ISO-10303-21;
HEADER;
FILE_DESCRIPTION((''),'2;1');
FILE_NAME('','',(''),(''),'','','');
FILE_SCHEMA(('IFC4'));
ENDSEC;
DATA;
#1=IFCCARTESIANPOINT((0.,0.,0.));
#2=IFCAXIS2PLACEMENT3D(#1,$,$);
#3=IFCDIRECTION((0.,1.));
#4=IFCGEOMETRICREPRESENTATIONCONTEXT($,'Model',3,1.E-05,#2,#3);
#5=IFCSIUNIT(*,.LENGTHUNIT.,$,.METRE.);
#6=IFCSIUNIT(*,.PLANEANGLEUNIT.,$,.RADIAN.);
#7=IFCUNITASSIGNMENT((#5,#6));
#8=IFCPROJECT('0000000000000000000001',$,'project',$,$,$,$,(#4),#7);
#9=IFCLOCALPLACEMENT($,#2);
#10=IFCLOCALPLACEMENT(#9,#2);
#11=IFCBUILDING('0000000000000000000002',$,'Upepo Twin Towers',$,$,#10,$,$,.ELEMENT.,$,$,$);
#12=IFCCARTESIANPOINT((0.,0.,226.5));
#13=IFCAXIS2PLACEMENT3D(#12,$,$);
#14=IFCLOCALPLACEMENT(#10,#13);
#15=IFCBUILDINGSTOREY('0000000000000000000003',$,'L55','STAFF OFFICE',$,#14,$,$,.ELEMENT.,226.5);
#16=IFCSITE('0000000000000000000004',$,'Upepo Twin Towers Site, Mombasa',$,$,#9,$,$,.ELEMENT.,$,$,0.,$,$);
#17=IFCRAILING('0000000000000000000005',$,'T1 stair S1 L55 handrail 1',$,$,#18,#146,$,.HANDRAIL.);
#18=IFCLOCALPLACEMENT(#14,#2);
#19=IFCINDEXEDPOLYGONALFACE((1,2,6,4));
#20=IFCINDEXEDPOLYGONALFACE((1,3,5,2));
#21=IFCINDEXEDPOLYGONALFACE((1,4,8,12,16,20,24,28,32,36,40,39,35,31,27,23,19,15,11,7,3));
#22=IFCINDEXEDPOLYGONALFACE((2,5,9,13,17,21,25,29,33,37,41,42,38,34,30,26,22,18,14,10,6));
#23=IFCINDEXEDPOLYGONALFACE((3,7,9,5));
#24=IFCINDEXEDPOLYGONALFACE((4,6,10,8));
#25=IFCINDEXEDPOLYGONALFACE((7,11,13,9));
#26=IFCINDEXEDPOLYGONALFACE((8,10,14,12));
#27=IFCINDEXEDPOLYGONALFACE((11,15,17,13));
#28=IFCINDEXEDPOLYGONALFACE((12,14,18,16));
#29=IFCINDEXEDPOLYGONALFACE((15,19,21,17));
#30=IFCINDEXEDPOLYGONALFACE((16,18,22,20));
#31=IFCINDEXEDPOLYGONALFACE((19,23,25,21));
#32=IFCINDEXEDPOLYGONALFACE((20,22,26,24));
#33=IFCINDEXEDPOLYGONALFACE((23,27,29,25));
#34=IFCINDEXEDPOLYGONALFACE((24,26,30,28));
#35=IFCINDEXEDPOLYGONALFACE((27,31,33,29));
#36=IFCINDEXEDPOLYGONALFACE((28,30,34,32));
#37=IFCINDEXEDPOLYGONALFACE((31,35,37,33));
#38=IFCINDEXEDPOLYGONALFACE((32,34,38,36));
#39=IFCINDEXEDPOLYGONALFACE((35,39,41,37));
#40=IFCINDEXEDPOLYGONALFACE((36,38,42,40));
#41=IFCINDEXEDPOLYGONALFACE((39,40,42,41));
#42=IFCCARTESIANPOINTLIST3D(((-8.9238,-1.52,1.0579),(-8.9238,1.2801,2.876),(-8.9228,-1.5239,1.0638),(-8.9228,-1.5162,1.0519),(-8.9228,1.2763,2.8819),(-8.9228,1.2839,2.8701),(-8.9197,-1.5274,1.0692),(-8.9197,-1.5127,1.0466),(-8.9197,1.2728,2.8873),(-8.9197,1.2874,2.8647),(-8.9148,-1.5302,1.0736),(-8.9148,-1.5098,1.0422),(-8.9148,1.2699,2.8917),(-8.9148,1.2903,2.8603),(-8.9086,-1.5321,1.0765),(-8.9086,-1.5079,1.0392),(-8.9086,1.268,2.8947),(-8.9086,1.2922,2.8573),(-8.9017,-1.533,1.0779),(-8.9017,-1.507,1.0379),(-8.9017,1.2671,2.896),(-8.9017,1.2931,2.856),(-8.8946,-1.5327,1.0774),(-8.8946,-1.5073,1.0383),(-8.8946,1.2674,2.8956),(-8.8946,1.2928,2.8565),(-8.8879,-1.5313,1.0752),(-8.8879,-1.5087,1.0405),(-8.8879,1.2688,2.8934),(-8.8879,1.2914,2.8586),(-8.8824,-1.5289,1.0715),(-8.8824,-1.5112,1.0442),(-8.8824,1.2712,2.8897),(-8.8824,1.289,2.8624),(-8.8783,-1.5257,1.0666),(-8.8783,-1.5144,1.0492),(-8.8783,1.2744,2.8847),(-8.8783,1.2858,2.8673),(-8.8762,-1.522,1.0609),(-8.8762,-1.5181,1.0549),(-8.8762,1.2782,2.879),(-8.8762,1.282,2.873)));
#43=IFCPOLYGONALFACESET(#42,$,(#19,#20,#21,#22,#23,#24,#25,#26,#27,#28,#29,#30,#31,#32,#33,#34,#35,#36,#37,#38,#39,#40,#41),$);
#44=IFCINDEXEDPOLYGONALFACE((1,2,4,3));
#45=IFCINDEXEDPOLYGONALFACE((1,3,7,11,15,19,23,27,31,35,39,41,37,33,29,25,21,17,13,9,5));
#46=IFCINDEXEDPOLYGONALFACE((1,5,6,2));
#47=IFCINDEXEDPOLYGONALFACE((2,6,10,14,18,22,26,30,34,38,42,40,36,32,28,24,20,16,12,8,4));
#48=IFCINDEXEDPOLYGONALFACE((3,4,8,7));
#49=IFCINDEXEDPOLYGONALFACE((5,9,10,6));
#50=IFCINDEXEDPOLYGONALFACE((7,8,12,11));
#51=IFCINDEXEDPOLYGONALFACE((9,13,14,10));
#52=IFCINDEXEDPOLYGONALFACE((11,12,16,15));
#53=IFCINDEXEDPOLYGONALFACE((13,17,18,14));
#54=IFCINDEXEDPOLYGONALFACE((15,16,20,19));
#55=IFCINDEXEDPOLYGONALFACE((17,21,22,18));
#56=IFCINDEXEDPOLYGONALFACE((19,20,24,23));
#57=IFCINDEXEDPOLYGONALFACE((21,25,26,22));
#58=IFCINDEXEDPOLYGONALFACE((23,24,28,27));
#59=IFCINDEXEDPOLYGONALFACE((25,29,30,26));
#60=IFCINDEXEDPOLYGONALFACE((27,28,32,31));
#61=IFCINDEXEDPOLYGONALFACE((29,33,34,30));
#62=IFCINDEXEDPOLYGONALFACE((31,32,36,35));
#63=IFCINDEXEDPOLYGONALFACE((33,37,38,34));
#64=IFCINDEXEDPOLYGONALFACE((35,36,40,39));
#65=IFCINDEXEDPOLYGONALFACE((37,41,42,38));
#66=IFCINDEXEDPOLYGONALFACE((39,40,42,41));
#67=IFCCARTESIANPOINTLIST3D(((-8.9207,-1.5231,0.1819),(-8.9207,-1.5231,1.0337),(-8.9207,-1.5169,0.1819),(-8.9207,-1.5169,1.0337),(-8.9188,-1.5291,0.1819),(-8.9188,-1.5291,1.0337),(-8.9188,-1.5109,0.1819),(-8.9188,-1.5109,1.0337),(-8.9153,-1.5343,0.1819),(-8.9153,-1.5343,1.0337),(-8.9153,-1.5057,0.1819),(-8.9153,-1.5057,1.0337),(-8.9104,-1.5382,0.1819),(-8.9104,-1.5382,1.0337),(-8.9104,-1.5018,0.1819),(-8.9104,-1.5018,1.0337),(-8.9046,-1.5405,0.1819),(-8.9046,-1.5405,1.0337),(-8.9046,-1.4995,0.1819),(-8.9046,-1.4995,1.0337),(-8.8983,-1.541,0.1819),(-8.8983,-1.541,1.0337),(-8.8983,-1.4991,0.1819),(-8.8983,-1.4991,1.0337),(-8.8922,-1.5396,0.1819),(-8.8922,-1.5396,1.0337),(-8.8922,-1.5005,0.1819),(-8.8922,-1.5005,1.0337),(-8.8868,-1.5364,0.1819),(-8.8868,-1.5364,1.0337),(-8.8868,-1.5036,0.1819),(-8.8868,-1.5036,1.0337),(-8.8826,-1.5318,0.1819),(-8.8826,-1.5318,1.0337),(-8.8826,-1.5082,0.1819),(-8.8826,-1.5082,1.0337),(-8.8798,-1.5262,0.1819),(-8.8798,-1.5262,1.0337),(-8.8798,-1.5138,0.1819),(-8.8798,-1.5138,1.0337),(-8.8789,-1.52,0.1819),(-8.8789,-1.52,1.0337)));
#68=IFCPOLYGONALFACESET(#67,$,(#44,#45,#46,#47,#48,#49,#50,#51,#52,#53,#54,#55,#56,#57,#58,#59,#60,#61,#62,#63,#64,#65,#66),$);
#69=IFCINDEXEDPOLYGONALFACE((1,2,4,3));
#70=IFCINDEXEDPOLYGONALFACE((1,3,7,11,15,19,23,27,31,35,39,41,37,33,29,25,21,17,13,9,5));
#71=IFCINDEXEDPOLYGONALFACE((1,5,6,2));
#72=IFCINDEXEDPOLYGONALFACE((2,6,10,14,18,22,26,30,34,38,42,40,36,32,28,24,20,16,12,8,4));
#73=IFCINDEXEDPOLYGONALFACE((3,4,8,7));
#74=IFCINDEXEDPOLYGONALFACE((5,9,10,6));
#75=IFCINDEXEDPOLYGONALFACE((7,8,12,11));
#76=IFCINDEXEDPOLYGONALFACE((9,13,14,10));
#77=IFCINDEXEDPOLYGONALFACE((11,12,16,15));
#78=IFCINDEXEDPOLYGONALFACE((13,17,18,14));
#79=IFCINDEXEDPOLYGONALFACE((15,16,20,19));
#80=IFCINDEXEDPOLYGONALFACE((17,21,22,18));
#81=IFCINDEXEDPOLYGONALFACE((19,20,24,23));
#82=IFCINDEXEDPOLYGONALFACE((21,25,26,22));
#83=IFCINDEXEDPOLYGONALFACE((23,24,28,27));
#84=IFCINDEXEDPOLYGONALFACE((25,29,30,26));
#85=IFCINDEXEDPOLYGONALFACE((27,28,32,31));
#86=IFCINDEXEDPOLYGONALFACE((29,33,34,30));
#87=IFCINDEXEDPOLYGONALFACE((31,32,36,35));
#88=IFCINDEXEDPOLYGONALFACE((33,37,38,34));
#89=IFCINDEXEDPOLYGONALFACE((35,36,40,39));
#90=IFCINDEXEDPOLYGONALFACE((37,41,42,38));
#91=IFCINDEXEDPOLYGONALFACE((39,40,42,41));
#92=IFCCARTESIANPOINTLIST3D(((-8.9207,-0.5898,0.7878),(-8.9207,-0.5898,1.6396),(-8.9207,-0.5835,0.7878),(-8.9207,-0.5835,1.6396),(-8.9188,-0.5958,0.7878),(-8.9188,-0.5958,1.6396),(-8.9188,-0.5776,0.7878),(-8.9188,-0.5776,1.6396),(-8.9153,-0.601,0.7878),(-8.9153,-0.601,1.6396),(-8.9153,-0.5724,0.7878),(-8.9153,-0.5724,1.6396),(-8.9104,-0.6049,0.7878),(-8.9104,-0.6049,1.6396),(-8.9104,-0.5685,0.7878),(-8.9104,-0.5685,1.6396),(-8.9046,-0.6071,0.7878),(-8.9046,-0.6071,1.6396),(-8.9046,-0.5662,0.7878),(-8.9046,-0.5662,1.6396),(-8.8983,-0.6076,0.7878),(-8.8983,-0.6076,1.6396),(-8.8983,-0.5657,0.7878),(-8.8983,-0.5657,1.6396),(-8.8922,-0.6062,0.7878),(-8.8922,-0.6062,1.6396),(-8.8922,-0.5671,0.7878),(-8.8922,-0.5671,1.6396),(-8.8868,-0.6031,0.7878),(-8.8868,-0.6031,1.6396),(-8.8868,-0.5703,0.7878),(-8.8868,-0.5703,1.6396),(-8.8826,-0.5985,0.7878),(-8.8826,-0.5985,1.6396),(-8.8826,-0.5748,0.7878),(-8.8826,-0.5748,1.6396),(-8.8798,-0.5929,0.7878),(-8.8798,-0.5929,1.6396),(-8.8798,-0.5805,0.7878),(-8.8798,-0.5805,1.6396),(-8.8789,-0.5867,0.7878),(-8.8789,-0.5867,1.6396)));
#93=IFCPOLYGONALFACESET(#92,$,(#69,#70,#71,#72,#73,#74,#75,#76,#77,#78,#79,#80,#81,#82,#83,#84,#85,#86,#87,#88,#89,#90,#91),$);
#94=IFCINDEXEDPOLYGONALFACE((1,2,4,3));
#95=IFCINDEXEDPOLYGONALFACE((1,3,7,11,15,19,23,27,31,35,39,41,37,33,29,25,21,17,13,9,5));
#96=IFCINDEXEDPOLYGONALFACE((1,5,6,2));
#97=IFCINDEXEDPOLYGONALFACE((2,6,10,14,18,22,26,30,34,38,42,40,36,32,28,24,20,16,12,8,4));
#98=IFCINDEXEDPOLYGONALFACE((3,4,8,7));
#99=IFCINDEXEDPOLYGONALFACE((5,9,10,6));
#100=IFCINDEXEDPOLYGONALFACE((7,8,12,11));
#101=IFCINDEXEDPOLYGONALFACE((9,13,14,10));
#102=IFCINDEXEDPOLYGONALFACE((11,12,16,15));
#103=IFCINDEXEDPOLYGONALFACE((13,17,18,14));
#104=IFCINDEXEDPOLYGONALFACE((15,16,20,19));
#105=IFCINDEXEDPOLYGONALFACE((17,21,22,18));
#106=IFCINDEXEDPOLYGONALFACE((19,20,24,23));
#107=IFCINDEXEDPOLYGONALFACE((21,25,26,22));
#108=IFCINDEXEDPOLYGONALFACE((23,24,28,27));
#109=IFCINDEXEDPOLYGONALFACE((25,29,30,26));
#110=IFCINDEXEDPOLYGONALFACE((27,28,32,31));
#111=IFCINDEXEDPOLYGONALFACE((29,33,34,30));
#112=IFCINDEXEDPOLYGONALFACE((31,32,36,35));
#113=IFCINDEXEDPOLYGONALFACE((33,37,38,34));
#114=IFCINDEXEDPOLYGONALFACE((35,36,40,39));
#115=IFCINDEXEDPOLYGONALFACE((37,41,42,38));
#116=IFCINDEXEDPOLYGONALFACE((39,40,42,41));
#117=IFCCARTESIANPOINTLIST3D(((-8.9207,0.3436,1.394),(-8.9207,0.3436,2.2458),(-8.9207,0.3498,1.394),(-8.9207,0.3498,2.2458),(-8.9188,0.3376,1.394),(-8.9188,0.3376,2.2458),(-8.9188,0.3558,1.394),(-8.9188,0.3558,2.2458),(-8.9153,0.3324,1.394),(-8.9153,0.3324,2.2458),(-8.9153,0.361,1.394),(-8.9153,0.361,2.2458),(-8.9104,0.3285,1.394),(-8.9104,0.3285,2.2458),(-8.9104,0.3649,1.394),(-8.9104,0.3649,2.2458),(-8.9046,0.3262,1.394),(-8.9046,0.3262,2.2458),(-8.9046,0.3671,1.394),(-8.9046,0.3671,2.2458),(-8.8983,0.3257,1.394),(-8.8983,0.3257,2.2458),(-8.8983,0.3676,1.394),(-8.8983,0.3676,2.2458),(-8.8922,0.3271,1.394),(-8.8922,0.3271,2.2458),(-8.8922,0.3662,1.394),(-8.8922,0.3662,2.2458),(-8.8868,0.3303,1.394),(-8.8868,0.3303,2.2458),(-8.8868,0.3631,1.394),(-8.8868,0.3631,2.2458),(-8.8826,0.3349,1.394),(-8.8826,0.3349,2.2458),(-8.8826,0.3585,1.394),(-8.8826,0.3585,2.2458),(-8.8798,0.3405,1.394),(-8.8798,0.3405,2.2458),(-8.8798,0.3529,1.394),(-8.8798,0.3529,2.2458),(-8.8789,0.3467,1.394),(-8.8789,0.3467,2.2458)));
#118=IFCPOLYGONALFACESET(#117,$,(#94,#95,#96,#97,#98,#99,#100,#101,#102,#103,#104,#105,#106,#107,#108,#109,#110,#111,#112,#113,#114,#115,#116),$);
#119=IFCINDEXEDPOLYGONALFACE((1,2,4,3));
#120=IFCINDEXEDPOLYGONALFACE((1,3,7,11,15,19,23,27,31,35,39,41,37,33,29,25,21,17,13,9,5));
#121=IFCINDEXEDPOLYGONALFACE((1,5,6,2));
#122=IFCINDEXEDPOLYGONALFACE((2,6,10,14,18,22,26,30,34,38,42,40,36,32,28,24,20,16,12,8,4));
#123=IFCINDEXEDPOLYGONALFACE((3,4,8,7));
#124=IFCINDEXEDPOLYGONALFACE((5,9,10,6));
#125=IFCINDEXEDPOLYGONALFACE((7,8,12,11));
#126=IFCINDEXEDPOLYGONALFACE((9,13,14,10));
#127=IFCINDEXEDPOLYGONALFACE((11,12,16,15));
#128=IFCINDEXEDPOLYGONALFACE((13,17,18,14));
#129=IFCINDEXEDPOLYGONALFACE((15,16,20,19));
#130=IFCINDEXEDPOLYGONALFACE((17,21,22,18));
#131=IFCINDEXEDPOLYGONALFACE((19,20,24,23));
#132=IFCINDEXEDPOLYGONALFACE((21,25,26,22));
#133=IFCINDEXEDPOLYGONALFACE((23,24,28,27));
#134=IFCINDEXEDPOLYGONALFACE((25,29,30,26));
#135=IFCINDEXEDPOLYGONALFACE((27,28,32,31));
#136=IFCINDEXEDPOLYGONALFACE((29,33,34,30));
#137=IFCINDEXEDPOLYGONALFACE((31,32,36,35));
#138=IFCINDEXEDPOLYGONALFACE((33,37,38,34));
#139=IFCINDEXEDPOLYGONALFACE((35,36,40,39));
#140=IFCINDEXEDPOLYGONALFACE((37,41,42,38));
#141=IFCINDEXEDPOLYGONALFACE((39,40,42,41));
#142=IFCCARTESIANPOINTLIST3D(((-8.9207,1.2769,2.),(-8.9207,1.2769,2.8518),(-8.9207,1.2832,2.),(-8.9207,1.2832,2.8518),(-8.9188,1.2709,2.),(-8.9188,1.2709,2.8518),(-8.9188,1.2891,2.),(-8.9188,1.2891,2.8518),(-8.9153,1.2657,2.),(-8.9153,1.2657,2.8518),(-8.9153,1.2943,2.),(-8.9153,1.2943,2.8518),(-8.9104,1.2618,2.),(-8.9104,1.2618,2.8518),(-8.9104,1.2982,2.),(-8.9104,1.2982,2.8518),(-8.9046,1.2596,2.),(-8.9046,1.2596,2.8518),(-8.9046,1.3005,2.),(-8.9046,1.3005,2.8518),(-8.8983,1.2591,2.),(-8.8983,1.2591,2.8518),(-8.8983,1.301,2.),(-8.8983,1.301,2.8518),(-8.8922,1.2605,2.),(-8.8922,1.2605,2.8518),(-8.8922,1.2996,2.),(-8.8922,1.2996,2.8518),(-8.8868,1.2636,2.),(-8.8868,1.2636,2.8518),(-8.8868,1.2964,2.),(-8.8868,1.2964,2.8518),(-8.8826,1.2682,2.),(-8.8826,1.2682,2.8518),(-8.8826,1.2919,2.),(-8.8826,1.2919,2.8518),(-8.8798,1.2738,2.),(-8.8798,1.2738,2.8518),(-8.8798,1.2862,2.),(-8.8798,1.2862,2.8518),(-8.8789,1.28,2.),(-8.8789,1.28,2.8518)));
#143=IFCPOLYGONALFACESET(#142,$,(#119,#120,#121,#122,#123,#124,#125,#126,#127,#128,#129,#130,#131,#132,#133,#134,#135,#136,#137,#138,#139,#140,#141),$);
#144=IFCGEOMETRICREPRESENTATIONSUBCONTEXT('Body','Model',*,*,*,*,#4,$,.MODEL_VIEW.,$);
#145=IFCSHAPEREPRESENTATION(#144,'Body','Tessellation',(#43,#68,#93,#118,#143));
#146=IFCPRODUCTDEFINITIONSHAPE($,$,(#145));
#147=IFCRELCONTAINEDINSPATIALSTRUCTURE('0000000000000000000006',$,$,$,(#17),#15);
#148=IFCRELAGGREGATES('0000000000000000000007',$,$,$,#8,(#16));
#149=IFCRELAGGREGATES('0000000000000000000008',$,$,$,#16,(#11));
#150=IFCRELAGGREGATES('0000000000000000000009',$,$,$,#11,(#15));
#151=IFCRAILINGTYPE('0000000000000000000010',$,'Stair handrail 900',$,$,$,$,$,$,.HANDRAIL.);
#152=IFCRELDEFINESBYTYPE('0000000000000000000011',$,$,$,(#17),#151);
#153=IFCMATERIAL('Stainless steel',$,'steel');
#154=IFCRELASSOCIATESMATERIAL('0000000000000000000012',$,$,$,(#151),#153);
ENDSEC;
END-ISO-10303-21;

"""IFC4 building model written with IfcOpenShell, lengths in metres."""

from ifc_helpers import new_model, si_unit, direction, frame, origin, origin_2d, place, context, subcontext, project, spatial, circle, extrude, material, type_object, element, save


model = new_model("IFC4")

# Units and contexts
model_context = context("Model", 3, precision=1e-05, world=origin(), true_north=direction((0.0, 1.0)))
body_context = subcontext(model_context, "Body", "Model", "MODEL_VIEW")
ifc_project = project(units=[si_unit("LENGTHUNIT", "METRE"), si_unit("PLANEANGLEUNIT", "RADIAN")], contexts=[model_context])

# Site, building, storey
site_placement = place(None, origin())
site = spatial("IfcSite", under=ifc_project, at=site_placement, Name="Upepo Twin Towers Site, Mombasa", CompositionType="ELEMENT", RefElevation=0.0)
building_placement = place(site_placement, origin())
building = spatial("IfcBuilding", under=site, at=building_placement, Name="Upepo Twin Towers", CompositionType="ELEMENT")
storey_placement = place(building_placement, frame((0.0, 0.0, 226.5)))
storey = spatial("IfcBuildingStorey", under=building, at=storey_placement, Name="L55", Description="STAFF OFFICE", CompositionType="ELEMENT", Elevation=226.5)

# Railing
ifc_material_1 = material(Name="Stainless steel", Category="steel")
railing_type = type_object("IfcRailingType", Name="Stair handrail 900", PredefinedType="HANDRAIL", material=ifc_material_1)
railing_placement = place(storey_placement, frame((-8.8999, -1.52, 0.1819)))
element("IfcRailing", 1, at=railing_placement, inside=storey, type_object=railing_type, Name="T1 stair S1 L55 handrail 1", PredefinedType="HANDRAIL", context=body_context, shape_type="SweptSolid", body=[
    extrude(circle(Radius=0.0239, at=origin_2d()), frame((0.0, 0.0, 0.876), z_axis=(0.0, 0.838706, 0.544585), x_axis=(-1.0, 0.0, 0.0)), (0.0, 0.0, 1.0), 3.3386),
    extrude(circle(Radius=0.021, at=origin_2d()), origin(), (0.0, 0.0, 1.0), 0.8518),
    extrude(circle(Radius=0.021, at=origin_2d()), frame((0.0, 0.9333, 0.606)), (0.0, 0.0, 1.0), 0.8518),
    extrude(circle(Radius=0.021, at=origin_2d()), frame((0.0, 1.8667, 1.2122)), (0.0, 0.0, 1.0), 0.8518),
    extrude(circle(Radius=0.021, at=origin_2d()), frame((0.0, 2.8, 1.8181)), (0.0, 0.0, 1.0), 0.8518),
])

save(model, "model.ifc")
